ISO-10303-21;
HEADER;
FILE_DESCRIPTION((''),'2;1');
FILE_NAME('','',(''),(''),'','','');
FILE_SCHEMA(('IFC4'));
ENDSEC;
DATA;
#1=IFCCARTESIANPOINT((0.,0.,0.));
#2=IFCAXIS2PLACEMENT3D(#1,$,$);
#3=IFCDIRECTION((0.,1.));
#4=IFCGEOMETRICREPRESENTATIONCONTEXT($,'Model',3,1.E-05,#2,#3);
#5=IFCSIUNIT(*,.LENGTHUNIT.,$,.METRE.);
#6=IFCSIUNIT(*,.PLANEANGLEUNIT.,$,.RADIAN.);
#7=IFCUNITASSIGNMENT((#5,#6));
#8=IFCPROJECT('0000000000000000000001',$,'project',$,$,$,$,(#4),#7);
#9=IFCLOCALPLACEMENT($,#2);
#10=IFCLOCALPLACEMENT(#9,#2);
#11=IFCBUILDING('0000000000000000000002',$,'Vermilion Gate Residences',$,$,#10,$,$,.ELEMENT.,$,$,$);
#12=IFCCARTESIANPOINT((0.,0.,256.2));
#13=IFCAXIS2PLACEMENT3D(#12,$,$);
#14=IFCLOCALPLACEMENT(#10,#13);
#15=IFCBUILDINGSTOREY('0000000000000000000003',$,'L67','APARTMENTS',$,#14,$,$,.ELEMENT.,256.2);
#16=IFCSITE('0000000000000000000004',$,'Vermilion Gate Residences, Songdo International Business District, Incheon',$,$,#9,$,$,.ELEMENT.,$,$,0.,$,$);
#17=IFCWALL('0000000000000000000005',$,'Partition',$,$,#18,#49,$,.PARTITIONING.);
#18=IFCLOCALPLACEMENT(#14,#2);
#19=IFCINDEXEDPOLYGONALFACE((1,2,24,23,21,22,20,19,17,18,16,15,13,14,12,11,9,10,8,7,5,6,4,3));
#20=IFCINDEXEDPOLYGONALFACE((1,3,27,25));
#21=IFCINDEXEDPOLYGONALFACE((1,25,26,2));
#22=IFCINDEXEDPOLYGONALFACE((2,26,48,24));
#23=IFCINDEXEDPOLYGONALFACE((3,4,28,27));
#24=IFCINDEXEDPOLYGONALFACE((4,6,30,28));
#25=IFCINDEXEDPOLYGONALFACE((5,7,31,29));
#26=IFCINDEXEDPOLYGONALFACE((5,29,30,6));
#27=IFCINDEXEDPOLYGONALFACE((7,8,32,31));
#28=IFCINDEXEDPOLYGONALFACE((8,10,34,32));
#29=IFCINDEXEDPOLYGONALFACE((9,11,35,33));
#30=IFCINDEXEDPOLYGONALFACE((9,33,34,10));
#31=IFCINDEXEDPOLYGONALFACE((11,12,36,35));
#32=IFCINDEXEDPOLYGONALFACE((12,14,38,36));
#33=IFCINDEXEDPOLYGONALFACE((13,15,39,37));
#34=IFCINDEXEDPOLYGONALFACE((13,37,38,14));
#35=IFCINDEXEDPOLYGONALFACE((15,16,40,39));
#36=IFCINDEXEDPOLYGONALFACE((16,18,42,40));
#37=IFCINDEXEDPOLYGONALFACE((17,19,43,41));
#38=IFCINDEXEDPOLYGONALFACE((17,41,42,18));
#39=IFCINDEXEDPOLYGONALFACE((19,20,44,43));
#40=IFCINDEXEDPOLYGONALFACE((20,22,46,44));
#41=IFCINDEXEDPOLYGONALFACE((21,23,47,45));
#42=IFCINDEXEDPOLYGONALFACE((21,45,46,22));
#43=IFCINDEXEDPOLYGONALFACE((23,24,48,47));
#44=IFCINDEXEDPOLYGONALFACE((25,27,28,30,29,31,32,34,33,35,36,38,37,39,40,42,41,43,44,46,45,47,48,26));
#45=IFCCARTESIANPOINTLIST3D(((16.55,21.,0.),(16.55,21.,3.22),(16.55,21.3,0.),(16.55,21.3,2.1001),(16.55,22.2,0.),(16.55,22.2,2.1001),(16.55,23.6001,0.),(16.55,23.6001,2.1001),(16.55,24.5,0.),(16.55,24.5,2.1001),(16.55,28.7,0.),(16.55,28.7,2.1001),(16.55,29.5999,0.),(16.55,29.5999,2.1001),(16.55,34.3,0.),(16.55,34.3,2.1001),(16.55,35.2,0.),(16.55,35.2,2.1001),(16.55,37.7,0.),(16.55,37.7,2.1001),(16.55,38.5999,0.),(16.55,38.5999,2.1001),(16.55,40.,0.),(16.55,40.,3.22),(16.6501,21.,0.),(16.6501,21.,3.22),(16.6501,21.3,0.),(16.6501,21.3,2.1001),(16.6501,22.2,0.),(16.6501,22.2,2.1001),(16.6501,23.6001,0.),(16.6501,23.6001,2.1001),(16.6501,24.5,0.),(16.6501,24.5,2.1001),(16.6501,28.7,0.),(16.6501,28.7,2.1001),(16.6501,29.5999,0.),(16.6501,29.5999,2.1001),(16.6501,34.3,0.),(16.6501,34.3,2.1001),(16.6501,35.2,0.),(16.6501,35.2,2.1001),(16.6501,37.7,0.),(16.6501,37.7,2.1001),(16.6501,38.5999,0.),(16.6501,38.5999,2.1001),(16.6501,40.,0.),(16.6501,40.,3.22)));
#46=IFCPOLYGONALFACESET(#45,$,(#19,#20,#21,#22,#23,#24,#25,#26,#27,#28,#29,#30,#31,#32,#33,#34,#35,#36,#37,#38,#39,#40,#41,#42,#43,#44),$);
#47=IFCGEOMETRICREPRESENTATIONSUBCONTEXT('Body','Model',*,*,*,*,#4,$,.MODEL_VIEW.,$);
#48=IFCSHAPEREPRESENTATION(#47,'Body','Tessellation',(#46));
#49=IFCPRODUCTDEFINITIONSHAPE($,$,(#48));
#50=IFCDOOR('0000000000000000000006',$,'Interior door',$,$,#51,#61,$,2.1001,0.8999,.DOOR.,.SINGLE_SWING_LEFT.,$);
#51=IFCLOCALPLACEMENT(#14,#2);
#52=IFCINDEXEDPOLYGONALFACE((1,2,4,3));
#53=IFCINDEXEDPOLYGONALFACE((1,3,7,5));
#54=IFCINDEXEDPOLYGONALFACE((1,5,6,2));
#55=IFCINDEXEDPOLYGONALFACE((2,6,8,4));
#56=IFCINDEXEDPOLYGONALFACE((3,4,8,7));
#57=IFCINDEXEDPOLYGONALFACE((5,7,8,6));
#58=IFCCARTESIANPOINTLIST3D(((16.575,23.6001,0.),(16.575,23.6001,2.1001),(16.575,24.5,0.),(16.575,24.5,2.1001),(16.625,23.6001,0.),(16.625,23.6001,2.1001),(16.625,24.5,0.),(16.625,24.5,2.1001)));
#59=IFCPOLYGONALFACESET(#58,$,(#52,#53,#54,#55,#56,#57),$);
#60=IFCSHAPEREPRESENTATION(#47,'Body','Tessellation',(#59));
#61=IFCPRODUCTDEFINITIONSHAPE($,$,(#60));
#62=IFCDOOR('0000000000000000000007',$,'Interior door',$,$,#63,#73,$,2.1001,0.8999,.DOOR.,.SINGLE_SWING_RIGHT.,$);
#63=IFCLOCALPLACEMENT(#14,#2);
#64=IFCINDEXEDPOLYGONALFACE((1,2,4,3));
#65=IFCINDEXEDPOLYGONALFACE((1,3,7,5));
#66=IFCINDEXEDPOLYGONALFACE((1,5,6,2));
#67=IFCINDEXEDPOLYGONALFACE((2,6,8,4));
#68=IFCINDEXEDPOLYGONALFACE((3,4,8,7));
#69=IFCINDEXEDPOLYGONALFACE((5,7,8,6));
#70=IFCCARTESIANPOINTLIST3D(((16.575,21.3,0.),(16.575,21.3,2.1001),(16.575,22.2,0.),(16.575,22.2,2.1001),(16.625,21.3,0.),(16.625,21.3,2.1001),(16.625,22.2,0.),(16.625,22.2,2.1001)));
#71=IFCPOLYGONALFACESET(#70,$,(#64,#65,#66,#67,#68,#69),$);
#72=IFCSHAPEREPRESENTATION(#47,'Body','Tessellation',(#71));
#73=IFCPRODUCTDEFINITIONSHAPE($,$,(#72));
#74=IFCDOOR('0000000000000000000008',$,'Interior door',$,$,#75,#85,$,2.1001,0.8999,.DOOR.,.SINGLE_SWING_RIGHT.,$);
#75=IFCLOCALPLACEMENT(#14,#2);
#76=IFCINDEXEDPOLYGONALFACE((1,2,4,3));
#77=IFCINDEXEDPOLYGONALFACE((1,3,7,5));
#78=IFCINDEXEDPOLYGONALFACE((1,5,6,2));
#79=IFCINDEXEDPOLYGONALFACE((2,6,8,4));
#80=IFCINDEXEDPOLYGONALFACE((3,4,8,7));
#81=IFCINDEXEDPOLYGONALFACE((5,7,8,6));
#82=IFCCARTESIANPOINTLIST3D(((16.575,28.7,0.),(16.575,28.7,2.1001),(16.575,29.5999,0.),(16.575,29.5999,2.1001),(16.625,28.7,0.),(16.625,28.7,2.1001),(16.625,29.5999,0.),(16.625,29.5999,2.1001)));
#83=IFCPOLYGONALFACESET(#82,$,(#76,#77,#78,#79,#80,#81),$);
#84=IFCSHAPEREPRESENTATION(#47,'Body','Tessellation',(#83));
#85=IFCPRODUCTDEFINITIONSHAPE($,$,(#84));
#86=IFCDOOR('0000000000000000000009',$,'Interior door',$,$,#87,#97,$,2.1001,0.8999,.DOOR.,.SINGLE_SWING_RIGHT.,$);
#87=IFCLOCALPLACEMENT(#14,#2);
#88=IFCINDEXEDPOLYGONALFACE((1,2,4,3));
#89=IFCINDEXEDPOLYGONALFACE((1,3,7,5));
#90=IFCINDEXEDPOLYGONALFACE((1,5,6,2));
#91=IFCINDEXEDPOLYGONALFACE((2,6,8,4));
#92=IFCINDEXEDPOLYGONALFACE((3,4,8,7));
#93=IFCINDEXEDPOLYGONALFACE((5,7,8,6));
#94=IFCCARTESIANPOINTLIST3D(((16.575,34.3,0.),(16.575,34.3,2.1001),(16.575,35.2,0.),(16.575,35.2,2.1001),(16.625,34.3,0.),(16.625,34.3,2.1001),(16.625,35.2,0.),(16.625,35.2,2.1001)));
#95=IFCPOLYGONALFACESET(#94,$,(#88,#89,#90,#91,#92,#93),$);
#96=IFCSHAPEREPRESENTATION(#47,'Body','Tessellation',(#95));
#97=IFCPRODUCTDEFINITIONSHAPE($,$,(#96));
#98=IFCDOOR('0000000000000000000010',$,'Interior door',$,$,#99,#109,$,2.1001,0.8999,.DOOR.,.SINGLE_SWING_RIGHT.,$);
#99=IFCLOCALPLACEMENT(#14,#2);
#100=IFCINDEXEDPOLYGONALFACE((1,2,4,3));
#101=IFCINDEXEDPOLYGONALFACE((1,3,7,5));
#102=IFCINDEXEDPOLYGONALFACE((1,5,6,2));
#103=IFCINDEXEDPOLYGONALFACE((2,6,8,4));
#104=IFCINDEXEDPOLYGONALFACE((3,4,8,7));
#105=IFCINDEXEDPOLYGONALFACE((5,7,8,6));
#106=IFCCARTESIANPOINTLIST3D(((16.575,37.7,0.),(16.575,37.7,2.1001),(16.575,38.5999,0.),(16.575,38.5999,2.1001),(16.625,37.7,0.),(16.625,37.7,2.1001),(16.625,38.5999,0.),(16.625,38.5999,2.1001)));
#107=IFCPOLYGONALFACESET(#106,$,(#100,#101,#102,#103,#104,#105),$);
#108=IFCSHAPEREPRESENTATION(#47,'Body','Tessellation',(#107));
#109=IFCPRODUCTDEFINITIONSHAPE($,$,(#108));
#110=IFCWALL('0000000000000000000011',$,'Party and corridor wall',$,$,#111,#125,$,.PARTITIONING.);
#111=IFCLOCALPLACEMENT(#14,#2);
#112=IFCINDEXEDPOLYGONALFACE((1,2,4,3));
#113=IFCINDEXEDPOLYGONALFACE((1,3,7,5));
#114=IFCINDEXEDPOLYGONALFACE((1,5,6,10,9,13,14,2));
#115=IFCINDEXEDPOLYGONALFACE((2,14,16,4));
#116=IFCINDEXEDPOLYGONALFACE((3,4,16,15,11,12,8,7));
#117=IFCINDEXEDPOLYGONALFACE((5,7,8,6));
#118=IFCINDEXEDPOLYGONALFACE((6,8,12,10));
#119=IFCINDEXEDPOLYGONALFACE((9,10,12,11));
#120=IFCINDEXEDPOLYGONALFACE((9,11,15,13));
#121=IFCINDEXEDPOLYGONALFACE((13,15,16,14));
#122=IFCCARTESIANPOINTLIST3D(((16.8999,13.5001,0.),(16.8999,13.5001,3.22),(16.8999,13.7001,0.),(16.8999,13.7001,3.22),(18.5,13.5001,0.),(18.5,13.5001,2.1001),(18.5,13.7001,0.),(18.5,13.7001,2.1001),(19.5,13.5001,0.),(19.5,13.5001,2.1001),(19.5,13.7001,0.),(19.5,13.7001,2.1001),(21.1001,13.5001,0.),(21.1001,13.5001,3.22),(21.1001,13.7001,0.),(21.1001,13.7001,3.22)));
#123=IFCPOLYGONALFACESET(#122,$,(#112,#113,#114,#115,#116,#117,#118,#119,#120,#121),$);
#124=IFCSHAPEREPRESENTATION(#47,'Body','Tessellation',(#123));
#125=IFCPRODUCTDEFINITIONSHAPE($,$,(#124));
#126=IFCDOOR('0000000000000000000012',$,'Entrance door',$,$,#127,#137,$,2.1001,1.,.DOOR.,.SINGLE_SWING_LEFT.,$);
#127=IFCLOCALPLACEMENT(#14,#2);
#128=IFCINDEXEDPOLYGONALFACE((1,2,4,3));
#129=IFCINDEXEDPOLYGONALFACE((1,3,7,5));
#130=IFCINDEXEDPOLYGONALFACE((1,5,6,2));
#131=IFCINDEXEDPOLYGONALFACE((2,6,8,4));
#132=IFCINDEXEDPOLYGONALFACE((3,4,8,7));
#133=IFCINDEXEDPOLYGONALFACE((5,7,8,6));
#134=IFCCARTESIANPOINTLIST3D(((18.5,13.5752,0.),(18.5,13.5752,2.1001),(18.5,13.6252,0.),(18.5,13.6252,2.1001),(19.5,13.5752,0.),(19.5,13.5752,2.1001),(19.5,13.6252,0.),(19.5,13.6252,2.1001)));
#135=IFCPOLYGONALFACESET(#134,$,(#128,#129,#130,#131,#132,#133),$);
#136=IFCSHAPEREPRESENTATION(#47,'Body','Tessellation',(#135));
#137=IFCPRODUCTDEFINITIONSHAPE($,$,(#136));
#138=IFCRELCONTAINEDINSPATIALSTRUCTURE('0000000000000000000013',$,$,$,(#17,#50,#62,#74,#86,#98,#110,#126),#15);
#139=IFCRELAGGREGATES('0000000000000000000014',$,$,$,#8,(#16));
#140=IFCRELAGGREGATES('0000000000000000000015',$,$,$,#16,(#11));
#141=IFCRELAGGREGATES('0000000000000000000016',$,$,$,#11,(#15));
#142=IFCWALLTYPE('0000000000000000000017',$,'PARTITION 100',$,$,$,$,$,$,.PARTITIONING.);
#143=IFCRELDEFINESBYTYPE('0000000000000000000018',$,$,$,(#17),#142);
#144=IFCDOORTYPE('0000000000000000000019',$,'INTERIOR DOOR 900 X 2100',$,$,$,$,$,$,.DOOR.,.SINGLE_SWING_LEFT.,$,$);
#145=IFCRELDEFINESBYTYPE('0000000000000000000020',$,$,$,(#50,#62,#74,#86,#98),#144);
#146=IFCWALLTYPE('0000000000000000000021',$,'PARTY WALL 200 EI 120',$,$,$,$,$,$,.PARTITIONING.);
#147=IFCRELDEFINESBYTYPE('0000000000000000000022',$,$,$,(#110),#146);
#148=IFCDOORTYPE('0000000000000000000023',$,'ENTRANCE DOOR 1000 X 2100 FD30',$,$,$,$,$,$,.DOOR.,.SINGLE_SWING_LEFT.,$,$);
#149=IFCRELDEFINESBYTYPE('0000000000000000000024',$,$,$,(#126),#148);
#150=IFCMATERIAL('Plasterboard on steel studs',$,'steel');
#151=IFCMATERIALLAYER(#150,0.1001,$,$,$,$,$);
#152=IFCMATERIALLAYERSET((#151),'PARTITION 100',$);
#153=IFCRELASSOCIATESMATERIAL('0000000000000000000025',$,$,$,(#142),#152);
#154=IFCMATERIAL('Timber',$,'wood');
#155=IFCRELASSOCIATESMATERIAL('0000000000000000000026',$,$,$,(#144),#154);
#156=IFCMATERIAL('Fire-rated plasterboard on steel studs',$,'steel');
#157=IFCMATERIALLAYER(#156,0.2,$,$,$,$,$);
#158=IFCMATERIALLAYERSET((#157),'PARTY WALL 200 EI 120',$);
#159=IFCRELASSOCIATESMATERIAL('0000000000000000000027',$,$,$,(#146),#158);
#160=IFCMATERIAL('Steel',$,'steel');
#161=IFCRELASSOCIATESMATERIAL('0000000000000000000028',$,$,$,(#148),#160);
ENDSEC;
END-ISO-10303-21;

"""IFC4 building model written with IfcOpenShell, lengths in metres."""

from ifc_helpers import new_model, si_unit, direction, frame, frame_2d, origin, place, context, subcontext, project, spatial, rectangle, extrude, material, layer, layer_set, type_object, element, fill, save


model = new_model("IFC4")

# Units and contexts
model_context = context("Model", 3, precision=1e-05, world=origin(), true_north=direction((0.0, 1.0)))
body_context = subcontext(model_context, "Body", "Model", "MODEL_VIEW")
ifc_project = project(units=[si_unit("LENGTHUNIT", "METRE"), si_unit("PLANEANGLEUNIT", "RADIAN")], contexts=[model_context])

# Site, building, storey
site_placement = place(None, origin())
site = spatial("IfcSite", under=ifc_project, at=site_placement, Name="Vermilion Gate Residences, Songdo International Business District, Incheon", CompositionType="ELEMENT", RefElevation=0.0)
building_placement = place(site_placement, origin())
building = spatial("IfcBuilding", under=site, at=building_placement, Name="Vermilion Gate Residences", CompositionType="ELEMENT")
storey_placement = place(building_placement, frame((0.0, 0.0, 256.2)))
storey = spatial("IfcBuildingStorey", under=building, at=storey_placement, Name="L67", Description="APARTMENTS", CompositionType="ELEMENT", Elevation=256.2)

# Wall, openings, doors
ifc_material_1 = material(Name="Plasterboard on steel studs", Category="steel")
ifc_layer_1 = layer(ifc_material_1, 0.1001)
ifc_layer_set_1 = layer_set([ifc_layer_1], Name="PARTITION 100")
wall_type_1 = type_object("IfcWallType", Name="PARTITION 100", PredefinedType="PARTITIONING", material=ifc_layer_set_1)
ifc_material_2 = material(Name="Timber", Category="wood")
door_type_1 = type_object("IfcDoorType", Name="INTERIOR DOOR 900 X 2100", OperationType="SINGLE_SWING_LEFT", PredefinedType="DOOR", material=ifc_material_2)
wall_1_placement = place(storey_placement, frame((16.6001, 21.0, 0.0), z_axis=(0.0, 0.0, 1.0), x_axis=(0.0, 1.0, 0.0)))
wall_1 = element("IfcWall", 1, at=wall_1_placement, inside=storey, type_object=wall_type_1, Name="Partition", PredefinedType="PARTITIONING", context=body_context, shape_type="SweptSolid", body=[
    extrude(rectangle(XDim=19.0, YDim=0.1001, at=frame_2d((9.5, 0.0))), origin(), (0.0, 0.0, 1.0), 3.22),
])
opening_1_placement = place(wall_1_placement, frame((2.6001, 0.0, 0.0)))
opening_1 = element("IfcOpeningElement", 2, at=opening_1_placement, cuts=wall_1, PredefinedType="OPENING", context=body_context, shape_type="SweptSolid", body=[
    extrude(rectangle(XDim=0.8999, YDim=2.1001, at=frame_2d((0.45, 1.05))), frame((0.0, 0.0601, 0.0), z_axis=(0.0, -1.0, 0.0), x_axis=(1.0, 0.0, 0.0)), (0.0, 0.0, 1.0), 0.1201),
])
opening_2_placement = place(wall_1_placement, frame((0.3, 0.0, 0.0)))
opening_2 = element("IfcOpeningElement", 3, at=opening_2_placement, cuts=wall_1, PredefinedType="OPENING", context=body_context, shape_type="SweptSolid", body=[
    extrude(rectangle(XDim=0.8999, YDim=2.1001, at=frame_2d((0.45, 1.05))), frame((0.0, 0.0601, 0.0), z_axis=(0.0, -1.0, 0.0), x_axis=(1.0, 0.0, 0.0)), (0.0, 0.0, 1.0), 0.1201),
])
opening_3_placement = place(wall_1_placement, frame((7.7, 0.0, 0.0)))
opening_3 = element("IfcOpeningElement", 4, at=opening_3_placement, cuts=wall_1, PredefinedType="OPENING", context=body_context, shape_type="SweptSolid", body=[
    extrude(rectangle(XDim=0.8999, YDim=2.1001, at=frame_2d((0.45, 1.05))), frame((0.0, 0.0601, 0.0), z_axis=(0.0, -1.0, 0.0), x_axis=(1.0, 0.0, 0.0)), (0.0, 0.0, 1.0), 0.1201),
])
opening_4_placement = place(wall_1_placement, frame((13.3, 0.0, 0.0)))
opening_4 = element("IfcOpeningElement", 5, at=opening_4_placement, cuts=wall_1, PredefinedType="OPENING", context=body_context, shape_type="SweptSolid", body=[
    extrude(rectangle(XDim=0.8999, YDim=2.1001, at=frame_2d((0.45, 1.05))), frame((0.0, 0.0601, 0.0), z_axis=(0.0, -1.0, 0.0), x_axis=(1.0, 0.0, 0.0)), (0.0, 0.0, 1.0), 0.1201),
])
opening_5_placement = place(wall_1_placement, frame((16.7, 0.0, 0.0)))
opening_5 = element("IfcOpeningElement", 6, at=opening_5_placement, cuts=wall_1, PredefinedType="OPENING", context=body_context, shape_type="SweptSolid", body=[
    extrude(rectangle(XDim=0.8999, YDim=2.1001, at=frame_2d((0.45, 1.05))), frame((0.0, 0.0601, 0.0), z_axis=(0.0, -1.0, 0.0), x_axis=(1.0, 0.0, 0.0)), (0.0, 0.0, 1.0), 0.1201),
])
door_1_placement = place(opening_1_placement, frame((0.8999, 0.0, 0.0), z_axis=(0.0, 0.0, 1.0), x_axis=(-1.0, 0.0, 0.0)))
door_1 = element("IfcDoor", 7, at=door_1_placement, inside=storey, type_object=door_type_1, Name="Interior door", OperationType="SINGLE_SWING_LEFT", OverallHeight=2.1001, OverallWidth=0.8999, PredefinedType="DOOR", context=body_context, shape_type="SweptSolid", body=[
    extrude(rectangle(XDim=0.8999, YDim=2.1001, at=frame_2d((0.45, 1.05))), frame((0.0, 0.0249, 0.0), z_axis=(0.0, -1.0, 0.0), x_axis=(1.0, 0.0, 0.0)), (0.0, 0.0, 1.0), 0.05),
])
fill(opening_1, door_1)
door_2_placement = place(opening_2_placement, frame((0.8999, 0.0, 0.0), z_axis=(0.0, 0.0, 1.0), x_axis=(-1.0, 0.0, 0.0)))
door_2 = element("IfcDoor", 8, at=door_2_placement, inside=storey, type_object=door_type_1, Name="Interior door", OperationType="SINGLE_SWING_RIGHT", OverallHeight=2.1001, OverallWidth=0.8999, PredefinedType="DOOR", context=body_context, shape_type="SweptSolid", body=[
    extrude(rectangle(XDim=0.8999, YDim=2.1001, at=frame_2d((0.45, 1.05))), frame((0.0, 0.0249, 0.0), z_axis=(0.0, -1.0, 0.0), x_axis=(1.0, 0.0, 0.0)), (0.0, 0.0, 1.0), 0.05),
])
fill(opening_2, door_2)
door_3_placement = place(opening_3_placement, frame((0.8999, 0.0, 0.0), z_axis=(0.0, 0.0, 1.0), x_axis=(-1.0, 0.0, 0.0)))
door_3 = element("IfcDoor", 9, at=door_3_placement, inside=storey, type_object=door_type_1, Name="Interior door", OperationType="SINGLE_SWING_RIGHT", OverallHeight=2.1001, OverallWidth=0.8999, PredefinedType="DOOR", context=body_context, shape_type="SweptSolid", body=[
    extrude(rectangle(XDim=0.8999, YDim=2.1001, at=frame_2d((0.45, 1.05))), frame((0.0, 0.0249, 0.0), z_axis=(0.0, -1.0, 0.0), x_axis=(1.0, 0.0, 0.0)), (0.0, 0.0, 1.0), 0.05),
])
fill(opening_3, door_3)
door_4_placement = place(opening_4_placement, frame((0.8999, 0.0, 0.0), z_axis=(0.0, 0.0, 1.0), x_axis=(-1.0, 0.0, 0.0)))
door_4 = element("IfcDoor", 10, at=door_4_placement, inside=storey, type_object=door_type_1, Name="Interior door", OperationType="SINGLE_SWING_RIGHT", OverallHeight=2.1001, OverallWidth=0.8999, PredefinedType="DOOR", context=body_context, shape_type="SweptSolid", body=[
    extrude(rectangle(XDim=0.8999, YDim=2.1001, at=frame_2d((0.45, 1.05))), frame((0.0, 0.0249, 0.0), z_axis=(0.0, -1.0, 0.0), x_axis=(1.0, 0.0, 0.0)), (0.0, 0.0, 1.0), 0.05),
])
fill(opening_4, door_4)
door_5_placement = place(opening_5_placement, frame((0.8999, 0.0, 0.0), z_axis=(0.0, 0.0, 1.0), x_axis=(-1.0, 0.0, 0.0)))
door_5 = element("IfcDoor", 11, at=door_5_placement, inside=storey, type_object=door_type_1, Name="Interior door", OperationType="SINGLE_SWING_RIGHT", OverallHeight=2.1001, OverallWidth=0.8999, PredefinedType="DOOR", context=body_context, shape_type="SweptSolid", body=[
    extrude(rectangle(XDim=0.8999, YDim=2.1001, at=frame_2d((0.45, 1.05))), frame((0.0, 0.0249, 0.0), z_axis=(0.0, -1.0, 0.0), x_axis=(1.0, 0.0, 0.0)), (0.0, 0.0, 1.0), 0.05),
])
fill(opening_5, door_5)

# Wall, opening, door
ifc_material_3 = material(Name="Fire-rated plasterboard on steel studs", Category="steel")
ifc_layer_2 = layer(ifc_material_3, 0.2)
ifc_layer_set_2 = layer_set([ifc_layer_2], Name="PARTY WALL 200 EI 120")
wall_type_2 = type_object("IfcWallType", Name="PARTY WALL 200 EI 120", PredefinedType="PARTITIONING", material=ifc_layer_set_2)
wall_2_placement = place(storey_placement, frame((16.8999, 13.6001, 0.0), z_axis=(0.0, 0.0, 1.0), x_axis=(1.0, 0.0, 0.0)))
wall_2 = element("IfcWall", 12, at=wall_2_placement, inside=storey, type_object=wall_type_2, Name="Party and corridor wall", PredefinedType="PARTITIONING", context=body_context, shape_type="SweptSolid", body=[
    extrude(rectangle(XDim=4.2002, YDim=0.2, at=frame_2d((2.1001, 0.0))), origin(), (0.0, 0.0, 1.0), 3.22),
])
opening_6_placement = place(wall_2_placement, frame((1.6001, 0.0, 0.0)))
opening_6 = element("IfcOpeningElement", 13, at=opening_6_placement, cuts=wall_2, PredefinedType="OPENING", context=body_context, shape_type="SweptSolid", body=[
    extrude(rectangle(XDim=1.0, YDim=2.1001, at=frame_2d((0.5, 1.05))), frame((0.0, 0.1099, 0.0), z_axis=(0.0, -1.0, 0.0), x_axis=(1.0, 0.0, 0.0)), (0.0, 0.0, 1.0), 0.22),
])
ifc_material_4 = material(Name="Steel", Category="steel")
door_type_2 = type_object("IfcDoorType", Name="ENTRANCE DOOR 1000 X 2100 FD30", OperationType="SINGLE_SWING_LEFT", PredefinedType="DOOR", material=ifc_material_4)
door_6_placement = place(opening_6_placement, frame((1.0, 0.0, 0.0), z_axis=(0.0, 0.0, 1.0), x_axis=(-1.0, 0.0, 0.0)))
door_6 = element("IfcDoor", 14, at=door_6_placement, inside=storey, type_object=door_type_2, Name="Entrance door", OperationType="SINGLE_SWING_LEFT", OverallHeight=2.1001, OverallWidth=1.0, PredefinedType="DOOR", context=body_context, shape_type="SweptSolid", body=[
    extrude(rectangle(XDim=1.0, YDim=2.1001, at=frame_2d((0.5, 1.05))), frame((0.0, 0.0249, 0.0), z_axis=(0.0, -1.0, 0.0), x_axis=(1.0, 0.0, 0.0)), (0.0, 0.0, 1.0), 0.05),
])
fill(opening_6, door_6)

save(model, "model.ifc")
